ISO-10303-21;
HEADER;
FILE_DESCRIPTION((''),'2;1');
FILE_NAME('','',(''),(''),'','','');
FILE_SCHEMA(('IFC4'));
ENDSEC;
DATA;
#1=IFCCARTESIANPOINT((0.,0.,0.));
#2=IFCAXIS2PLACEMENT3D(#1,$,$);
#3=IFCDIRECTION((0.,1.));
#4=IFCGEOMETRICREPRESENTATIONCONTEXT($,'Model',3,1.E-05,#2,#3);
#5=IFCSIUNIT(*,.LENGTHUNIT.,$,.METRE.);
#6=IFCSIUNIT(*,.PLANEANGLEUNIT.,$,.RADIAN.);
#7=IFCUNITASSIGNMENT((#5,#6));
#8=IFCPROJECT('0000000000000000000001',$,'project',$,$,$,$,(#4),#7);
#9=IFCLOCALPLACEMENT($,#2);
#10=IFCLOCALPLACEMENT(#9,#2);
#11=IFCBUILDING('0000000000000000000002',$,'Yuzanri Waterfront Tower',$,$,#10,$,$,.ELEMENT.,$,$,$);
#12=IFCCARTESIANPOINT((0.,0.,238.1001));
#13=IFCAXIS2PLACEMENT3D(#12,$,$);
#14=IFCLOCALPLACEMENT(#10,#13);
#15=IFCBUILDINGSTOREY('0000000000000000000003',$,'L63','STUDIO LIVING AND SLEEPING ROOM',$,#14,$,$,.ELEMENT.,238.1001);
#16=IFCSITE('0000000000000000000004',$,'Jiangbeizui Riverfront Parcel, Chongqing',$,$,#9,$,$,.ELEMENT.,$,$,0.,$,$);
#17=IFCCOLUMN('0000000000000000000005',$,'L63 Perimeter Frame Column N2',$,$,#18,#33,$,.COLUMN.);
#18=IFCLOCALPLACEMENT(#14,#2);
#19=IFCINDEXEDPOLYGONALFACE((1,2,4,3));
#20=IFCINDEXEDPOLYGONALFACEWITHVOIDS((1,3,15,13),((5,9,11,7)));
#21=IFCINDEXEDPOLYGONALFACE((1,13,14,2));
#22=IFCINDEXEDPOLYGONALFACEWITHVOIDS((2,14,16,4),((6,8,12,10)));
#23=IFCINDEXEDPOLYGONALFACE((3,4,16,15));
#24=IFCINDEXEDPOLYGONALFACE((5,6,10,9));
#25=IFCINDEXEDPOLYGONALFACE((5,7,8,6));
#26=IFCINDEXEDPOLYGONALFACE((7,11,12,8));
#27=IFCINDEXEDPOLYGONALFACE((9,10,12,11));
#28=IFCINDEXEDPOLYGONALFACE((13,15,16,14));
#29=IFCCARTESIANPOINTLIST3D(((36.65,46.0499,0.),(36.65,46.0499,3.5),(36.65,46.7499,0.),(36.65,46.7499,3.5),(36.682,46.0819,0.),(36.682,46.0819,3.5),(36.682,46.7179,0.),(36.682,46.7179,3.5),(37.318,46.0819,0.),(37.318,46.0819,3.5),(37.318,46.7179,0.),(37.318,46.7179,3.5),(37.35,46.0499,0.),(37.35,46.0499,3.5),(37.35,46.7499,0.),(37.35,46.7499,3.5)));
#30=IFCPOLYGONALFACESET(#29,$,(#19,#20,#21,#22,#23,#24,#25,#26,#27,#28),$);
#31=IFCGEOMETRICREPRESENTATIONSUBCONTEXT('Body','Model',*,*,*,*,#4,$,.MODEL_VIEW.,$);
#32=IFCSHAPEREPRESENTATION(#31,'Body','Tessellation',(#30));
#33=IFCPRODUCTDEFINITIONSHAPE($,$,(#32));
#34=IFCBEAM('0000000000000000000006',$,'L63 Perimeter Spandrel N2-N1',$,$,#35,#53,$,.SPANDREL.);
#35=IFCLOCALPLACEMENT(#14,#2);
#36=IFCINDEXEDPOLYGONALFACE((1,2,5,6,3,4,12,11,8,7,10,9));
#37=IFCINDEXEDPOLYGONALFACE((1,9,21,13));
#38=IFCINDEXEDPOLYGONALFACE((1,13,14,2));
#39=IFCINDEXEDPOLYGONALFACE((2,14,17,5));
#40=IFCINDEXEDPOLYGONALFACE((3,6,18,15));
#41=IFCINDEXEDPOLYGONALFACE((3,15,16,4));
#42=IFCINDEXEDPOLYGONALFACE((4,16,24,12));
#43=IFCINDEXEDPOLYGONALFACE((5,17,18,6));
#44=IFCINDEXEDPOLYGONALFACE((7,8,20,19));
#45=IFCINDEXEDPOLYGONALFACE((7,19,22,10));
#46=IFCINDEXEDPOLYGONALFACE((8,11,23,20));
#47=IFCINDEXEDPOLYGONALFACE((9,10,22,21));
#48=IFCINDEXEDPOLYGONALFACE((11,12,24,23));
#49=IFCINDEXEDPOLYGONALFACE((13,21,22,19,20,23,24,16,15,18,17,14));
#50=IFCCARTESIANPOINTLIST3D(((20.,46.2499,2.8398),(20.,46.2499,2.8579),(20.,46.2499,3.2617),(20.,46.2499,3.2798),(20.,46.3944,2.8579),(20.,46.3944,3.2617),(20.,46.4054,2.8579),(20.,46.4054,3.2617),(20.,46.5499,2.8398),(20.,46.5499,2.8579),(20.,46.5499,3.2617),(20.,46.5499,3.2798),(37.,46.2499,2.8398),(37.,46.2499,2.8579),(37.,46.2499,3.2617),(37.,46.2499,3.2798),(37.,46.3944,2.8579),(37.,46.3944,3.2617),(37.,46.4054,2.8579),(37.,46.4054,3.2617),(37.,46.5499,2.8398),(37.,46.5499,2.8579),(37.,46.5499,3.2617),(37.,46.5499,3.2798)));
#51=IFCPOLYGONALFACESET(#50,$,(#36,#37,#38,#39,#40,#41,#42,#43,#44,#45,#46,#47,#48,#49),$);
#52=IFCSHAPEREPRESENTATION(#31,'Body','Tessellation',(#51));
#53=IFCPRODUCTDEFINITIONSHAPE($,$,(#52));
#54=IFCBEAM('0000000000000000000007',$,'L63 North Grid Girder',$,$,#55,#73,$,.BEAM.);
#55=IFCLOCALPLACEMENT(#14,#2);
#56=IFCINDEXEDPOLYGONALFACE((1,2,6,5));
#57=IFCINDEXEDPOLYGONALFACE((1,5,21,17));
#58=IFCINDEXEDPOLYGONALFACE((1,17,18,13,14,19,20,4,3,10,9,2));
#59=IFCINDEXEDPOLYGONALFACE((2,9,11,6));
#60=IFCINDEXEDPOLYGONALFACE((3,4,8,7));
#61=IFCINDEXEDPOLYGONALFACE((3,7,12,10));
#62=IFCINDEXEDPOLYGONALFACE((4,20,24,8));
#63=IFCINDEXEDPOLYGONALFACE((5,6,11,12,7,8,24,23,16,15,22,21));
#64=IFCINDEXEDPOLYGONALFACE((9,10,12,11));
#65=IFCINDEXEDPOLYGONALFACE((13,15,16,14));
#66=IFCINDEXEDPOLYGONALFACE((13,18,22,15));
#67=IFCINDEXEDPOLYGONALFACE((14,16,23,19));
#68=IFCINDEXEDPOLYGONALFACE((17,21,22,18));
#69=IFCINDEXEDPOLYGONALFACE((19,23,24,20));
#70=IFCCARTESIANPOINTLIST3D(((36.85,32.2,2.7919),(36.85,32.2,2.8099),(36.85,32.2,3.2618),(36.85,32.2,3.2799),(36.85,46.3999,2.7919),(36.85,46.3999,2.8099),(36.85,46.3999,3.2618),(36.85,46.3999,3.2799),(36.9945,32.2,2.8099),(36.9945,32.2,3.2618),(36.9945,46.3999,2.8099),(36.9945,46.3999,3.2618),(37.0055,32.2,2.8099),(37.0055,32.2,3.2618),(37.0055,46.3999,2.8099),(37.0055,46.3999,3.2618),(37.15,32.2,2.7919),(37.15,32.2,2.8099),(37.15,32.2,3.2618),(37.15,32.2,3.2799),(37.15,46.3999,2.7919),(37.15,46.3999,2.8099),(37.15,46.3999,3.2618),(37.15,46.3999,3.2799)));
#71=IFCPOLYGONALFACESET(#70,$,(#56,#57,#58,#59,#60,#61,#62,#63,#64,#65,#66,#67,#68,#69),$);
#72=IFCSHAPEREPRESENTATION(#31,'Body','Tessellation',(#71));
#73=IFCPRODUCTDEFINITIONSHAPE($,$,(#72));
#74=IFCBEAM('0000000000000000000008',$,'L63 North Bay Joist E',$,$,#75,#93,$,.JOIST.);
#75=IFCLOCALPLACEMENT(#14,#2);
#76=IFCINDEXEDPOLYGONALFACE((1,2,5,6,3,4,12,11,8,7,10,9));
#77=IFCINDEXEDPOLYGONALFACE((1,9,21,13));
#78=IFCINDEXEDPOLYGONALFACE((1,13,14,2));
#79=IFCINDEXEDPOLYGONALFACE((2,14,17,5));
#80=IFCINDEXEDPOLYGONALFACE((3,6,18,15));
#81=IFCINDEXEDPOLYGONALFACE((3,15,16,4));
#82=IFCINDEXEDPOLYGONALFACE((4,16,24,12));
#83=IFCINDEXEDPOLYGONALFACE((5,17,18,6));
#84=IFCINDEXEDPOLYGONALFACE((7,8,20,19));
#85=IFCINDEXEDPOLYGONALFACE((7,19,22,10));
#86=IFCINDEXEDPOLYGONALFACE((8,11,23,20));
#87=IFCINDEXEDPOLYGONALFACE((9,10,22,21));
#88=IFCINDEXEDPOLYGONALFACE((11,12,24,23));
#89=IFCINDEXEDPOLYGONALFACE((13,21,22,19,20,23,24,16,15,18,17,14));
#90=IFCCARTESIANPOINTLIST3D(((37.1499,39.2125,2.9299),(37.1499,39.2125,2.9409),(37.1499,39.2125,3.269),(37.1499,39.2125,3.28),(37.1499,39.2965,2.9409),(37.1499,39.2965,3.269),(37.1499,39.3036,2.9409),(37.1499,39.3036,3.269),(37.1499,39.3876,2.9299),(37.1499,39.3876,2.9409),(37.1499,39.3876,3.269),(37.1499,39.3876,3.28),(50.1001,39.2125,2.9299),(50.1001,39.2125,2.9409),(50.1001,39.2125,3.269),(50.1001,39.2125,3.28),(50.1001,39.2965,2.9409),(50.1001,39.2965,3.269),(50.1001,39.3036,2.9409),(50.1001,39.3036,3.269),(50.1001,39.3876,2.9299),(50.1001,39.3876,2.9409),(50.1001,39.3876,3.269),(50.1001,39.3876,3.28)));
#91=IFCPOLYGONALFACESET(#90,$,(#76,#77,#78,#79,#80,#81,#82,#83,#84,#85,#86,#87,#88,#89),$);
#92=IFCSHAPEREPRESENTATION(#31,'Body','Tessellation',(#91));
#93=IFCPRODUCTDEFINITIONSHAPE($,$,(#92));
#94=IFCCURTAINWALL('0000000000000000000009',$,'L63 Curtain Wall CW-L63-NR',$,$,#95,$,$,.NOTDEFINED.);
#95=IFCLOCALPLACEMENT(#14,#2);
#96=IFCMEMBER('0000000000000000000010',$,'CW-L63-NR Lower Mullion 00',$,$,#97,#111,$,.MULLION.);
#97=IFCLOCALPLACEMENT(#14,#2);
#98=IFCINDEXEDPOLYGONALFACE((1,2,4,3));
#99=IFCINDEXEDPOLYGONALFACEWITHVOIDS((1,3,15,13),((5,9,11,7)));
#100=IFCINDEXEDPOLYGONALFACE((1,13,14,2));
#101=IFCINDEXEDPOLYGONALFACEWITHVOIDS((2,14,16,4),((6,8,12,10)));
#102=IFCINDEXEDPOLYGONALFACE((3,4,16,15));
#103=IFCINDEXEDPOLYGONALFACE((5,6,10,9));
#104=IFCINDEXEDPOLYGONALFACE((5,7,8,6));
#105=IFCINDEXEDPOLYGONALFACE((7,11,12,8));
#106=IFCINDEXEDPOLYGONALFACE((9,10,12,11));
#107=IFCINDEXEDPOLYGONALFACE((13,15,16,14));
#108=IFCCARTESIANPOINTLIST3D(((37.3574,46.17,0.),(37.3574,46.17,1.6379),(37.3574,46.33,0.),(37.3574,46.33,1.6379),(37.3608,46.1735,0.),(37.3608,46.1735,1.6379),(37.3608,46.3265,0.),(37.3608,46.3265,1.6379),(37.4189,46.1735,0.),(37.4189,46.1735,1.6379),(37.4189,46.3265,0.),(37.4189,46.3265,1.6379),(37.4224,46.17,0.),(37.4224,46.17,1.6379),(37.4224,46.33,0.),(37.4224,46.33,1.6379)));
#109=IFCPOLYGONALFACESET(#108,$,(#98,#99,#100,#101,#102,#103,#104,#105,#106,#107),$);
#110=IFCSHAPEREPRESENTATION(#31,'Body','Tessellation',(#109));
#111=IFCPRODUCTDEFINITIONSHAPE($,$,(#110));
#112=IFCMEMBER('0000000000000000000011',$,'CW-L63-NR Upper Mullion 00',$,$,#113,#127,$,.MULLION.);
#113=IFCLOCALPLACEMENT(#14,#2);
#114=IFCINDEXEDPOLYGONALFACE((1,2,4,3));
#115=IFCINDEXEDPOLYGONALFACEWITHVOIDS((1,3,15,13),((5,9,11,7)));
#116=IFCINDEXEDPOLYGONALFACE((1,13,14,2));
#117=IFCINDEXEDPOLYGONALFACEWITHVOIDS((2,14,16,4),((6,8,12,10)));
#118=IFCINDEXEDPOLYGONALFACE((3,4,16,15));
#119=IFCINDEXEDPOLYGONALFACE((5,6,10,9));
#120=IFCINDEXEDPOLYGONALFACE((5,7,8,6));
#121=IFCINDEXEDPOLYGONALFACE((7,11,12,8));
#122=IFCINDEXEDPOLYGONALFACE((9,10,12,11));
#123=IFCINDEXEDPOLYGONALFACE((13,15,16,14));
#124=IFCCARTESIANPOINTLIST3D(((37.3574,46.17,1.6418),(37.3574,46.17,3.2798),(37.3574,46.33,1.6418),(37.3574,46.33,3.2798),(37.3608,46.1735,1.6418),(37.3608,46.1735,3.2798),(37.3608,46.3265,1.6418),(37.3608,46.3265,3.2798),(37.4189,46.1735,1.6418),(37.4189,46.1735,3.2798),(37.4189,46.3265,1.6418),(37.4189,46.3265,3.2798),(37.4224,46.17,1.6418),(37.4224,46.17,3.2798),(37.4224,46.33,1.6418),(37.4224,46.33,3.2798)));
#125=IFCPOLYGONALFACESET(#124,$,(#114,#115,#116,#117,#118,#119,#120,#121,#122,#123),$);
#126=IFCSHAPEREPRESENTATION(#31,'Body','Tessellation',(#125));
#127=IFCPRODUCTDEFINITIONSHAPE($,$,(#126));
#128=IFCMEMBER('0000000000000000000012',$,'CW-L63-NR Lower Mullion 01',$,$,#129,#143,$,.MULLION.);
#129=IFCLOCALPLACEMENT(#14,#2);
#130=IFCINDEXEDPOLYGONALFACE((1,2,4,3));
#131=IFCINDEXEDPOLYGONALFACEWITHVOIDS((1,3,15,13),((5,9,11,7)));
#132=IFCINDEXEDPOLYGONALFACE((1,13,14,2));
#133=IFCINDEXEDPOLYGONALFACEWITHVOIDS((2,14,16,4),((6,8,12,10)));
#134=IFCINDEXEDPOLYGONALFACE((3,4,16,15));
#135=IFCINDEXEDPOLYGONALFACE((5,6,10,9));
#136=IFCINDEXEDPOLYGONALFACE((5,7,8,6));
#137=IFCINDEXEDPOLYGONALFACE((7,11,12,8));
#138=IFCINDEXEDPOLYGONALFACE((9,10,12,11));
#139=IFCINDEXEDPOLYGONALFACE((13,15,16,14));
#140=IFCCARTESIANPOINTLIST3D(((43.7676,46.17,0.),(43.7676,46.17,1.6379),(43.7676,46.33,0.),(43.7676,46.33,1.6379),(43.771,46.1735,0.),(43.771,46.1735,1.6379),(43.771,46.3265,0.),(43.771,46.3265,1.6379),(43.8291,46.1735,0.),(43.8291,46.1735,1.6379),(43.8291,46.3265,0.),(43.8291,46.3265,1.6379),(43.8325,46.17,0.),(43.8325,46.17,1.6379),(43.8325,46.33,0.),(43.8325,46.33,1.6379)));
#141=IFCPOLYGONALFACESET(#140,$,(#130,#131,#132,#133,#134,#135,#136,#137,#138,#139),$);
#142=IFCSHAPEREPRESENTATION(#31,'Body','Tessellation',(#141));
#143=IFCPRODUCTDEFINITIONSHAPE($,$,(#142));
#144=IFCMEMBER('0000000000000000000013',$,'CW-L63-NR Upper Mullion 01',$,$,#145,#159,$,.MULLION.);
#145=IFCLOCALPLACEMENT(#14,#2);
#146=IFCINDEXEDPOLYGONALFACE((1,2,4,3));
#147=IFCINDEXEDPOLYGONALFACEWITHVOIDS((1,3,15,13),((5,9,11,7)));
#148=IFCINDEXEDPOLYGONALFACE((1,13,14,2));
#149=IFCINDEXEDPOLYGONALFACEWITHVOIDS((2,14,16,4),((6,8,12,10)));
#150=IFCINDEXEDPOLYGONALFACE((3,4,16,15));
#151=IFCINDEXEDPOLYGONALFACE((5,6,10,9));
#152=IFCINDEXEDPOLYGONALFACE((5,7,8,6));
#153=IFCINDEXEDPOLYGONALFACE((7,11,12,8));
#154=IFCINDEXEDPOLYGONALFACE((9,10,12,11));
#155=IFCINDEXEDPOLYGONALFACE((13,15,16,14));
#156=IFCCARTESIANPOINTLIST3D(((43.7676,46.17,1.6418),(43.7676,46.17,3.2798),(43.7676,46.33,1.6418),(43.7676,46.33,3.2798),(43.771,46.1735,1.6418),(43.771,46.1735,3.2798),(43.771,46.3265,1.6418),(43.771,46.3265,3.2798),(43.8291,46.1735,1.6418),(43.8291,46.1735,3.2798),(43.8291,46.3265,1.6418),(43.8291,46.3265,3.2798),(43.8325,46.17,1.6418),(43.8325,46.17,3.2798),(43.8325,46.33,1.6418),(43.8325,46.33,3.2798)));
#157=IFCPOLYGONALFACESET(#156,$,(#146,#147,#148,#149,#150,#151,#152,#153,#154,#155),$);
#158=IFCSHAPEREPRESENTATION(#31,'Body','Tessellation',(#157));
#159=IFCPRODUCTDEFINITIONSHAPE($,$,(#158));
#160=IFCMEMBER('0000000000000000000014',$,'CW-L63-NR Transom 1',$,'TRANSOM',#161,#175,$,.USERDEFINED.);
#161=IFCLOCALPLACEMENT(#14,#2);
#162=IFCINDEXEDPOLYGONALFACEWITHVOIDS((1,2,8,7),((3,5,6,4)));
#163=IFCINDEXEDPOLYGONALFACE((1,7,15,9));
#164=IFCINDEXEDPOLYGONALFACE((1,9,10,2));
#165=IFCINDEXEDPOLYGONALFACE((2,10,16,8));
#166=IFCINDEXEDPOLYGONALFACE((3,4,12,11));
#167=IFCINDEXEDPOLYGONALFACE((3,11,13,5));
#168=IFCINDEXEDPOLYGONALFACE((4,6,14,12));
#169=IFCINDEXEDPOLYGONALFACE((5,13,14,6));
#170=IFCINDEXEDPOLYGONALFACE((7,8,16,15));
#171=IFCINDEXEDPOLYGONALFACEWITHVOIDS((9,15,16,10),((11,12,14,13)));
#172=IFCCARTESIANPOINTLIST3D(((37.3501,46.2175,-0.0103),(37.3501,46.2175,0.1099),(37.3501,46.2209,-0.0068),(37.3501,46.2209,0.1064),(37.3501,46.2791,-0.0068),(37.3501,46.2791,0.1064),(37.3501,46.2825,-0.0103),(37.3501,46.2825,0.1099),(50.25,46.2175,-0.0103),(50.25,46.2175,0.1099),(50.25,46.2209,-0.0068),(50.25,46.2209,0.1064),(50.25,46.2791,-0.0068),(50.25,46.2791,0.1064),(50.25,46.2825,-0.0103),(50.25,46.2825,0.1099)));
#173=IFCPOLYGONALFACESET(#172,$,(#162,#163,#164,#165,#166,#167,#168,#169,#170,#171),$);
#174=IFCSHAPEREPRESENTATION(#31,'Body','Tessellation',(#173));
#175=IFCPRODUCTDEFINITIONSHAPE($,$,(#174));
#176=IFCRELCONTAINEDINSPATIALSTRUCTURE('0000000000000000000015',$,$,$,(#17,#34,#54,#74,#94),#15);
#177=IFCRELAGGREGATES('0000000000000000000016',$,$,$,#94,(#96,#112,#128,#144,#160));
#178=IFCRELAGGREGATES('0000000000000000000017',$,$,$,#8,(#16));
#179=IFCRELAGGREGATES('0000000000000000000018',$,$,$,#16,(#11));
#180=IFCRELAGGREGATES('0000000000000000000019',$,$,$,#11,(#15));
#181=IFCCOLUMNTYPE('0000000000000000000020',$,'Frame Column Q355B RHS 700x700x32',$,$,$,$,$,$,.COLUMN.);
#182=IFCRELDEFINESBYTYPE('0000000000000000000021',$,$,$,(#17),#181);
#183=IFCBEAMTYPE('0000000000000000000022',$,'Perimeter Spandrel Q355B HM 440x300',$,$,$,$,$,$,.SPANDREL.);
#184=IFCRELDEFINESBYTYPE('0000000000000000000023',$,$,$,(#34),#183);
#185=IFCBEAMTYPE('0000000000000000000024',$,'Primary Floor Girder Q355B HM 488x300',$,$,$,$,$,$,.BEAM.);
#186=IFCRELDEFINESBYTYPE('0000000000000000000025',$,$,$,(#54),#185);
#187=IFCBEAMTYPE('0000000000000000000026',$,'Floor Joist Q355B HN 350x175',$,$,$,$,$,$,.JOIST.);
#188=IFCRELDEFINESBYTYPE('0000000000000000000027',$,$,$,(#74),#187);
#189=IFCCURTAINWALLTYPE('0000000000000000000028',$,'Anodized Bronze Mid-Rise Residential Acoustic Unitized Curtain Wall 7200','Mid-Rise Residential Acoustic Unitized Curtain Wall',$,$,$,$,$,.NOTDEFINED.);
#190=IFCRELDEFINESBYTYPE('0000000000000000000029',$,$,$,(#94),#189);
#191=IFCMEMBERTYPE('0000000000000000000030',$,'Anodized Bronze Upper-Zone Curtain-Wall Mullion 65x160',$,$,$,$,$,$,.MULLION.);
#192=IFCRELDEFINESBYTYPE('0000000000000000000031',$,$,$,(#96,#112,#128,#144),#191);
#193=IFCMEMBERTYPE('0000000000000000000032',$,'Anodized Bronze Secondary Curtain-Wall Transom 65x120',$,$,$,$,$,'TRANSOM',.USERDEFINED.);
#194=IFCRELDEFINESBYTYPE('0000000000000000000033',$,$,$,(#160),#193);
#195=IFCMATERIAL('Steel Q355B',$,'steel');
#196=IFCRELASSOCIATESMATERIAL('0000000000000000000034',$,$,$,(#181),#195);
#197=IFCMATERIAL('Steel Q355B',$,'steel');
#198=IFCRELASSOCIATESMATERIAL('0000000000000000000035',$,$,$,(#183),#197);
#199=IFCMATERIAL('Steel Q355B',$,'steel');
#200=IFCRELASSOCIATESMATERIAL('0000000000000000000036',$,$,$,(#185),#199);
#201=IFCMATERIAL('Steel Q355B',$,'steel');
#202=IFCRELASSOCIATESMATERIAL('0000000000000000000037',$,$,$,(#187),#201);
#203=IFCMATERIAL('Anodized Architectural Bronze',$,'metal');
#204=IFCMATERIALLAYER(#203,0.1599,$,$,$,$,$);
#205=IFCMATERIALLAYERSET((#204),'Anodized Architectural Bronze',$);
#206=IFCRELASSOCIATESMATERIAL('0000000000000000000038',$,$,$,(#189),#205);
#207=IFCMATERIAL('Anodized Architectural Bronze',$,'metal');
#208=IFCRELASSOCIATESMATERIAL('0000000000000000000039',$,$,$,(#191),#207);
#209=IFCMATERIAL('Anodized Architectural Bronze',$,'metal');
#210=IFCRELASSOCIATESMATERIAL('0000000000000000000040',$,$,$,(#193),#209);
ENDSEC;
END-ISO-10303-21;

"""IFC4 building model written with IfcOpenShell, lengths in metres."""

from ifc_helpers import new_model, si_unit, direction, frame, origin, origin_2d, place, context, subcontext, project, spatial, hollow_rectangle, i_section, extrude, source, transform, mapped, material, layer, layer_set, material_profile, profile_set, type_object, element, aggregate, save


model = new_model("IFC4")

# Units and contexts
model_context = context("Model", 3, precision=1e-05, world=origin(), true_north=direction((0.0, 1.0)))
body_context = subcontext(model_context, "Body", "Model", "MODEL_VIEW")
ifc_project = project(units=[si_unit("LENGTHUNIT", "METRE"), si_unit("PLANEANGLEUNIT", "RADIAN")], contexts=[model_context])

# Site, building, storey
site_placement = place(None, origin())
site = spatial("IfcSite", under=ifc_project, at=site_placement, Name="Jiangbeizui Riverfront Parcel, Chongqing", CompositionType="ELEMENT", RefElevation=0.0)
building_placement = place(site_placement, origin())
building = spatial("IfcBuilding", under=site, at=building_placement, Name="Yuzanri Waterfront Tower", CompositionType="ELEMENT")
storey_placement = place(building_placement, frame((0.0, 0.0, 238.1001)))
storey = spatial("IfcBuildingStorey", under=building, at=storey_placement, Name="L63", Description="STUDIO LIVING AND SLEEPING ROOM", CompositionType="ELEMENT", Elevation=238.1001)

# Column
ifc_material_1 = material(Name="Steel Q355B", Category="steel")
ifc_material_profile_1 = material_profile(ifc_material_1, hollow_rectangle(XDim=0.7, YDim=0.7, WallThickness=0.032, at=origin_2d()), Name="RHS 700x700x32")
ifc_profile_set_1 = profile_set([ifc_material_profile_1], Name="Steel Q355B")
column_type = type_object("IfcColumnType", Name="Frame Column Q355B RHS 700x700x32", PredefinedType="COLUMN", material=ifc_profile_set_1)
shared_shape_1 = source(origin(), body_context, "Body", "SweptSolid", [
    extrude(hollow_rectangle(XDim=0.7, YDim=0.7, WallThickness=0.032, at=origin_2d()), origin(), (0.0, 0.0, 1.0), 3.5),
])
column_placement = place(storey_placement, frame((37.0, 46.3999, 0.0), z_axis=(0.0, 0.0, 1.0), x_axis=(1.0, 0.0, 0.0)))
element("IfcColumn", 1, at=column_placement, inside=storey, type_object=column_type, Name="L63 Perimeter Frame Column N2", PredefinedType="COLUMN", context=body_context, shape_type="MappedRepresentation", body=[
    mapped(shared_shape_1, transform((0.0, 0.0, 0.0), scale=1.0)),
])

# Beams
ifc_material_2 = material(Name="Steel Q355B", Category="steel")
ifc_material_profile_2 = material_profile(ifc_material_2, i_section(OverallWidth=0.3, OverallDepth=0.4399, WebThickness=0.011, FlangeThickness=0.0181, at=origin_2d()), Name="HM 440x300x11x18")
ifc_profile_set_2 = profile_set([ifc_material_profile_2], Name="Steel Q355B")
beam_type_1 = type_object("IfcBeamType", Name="Perimeter Spandrel Q355B HM 440x300", PredefinedType="SPANDREL", material=ifc_profile_set_2)
shared_shape_2 = source(origin(), body_context, "Body", "SweptSolid", [
    extrude(i_section(OverallWidth=0.3, OverallDepth=0.4399, WebThickness=0.011, FlangeThickness=0.0181, at=origin_2d()), origin(), (0.0, 0.0, 1.0), 17.0),
])
beam_1_placement = place(storey_placement, frame((37.0, 46.3999, 3.0598), z_axis=(-1.0, 0.0, 0.0), x_axis=(0.0, -1.0, 0.0)))
element("IfcBeam", 2, at=beam_1_placement, inside=storey, type_object=beam_type_1, Name="L63 Perimeter Spandrel N2-N1", PredefinedType="SPANDREL", context=body_context, shape_type="MappedRepresentation", body=[
    mapped(shared_shape_2, transform((0.0, 0.0, 0.0), scale=1.0)),
])
ifc_material_3 = material(Name="Steel Q355B", Category="steel")
ifc_material_profile_3 = material_profile(ifc_material_3, i_section(OverallWidth=0.3, OverallDepth=0.488, WebThickness=0.011, FlangeThickness=0.0181, at=origin_2d()), Name="HM 488x300x11x18")
ifc_profile_set_3 = profile_set([ifc_material_profile_3], Name="Steel Q355B")
beam_type_2 = type_object("IfcBeamType", Name="Primary Floor Girder Q355B HM 488x300", PredefinedType="BEAM", material=ifc_profile_set_3)
shared_shape_3 = source(origin(), body_context, "Body", "SweptSolid", [
    extrude(i_section(OverallWidth=0.3, OverallDepth=0.488, WebThickness=0.011, FlangeThickness=0.0181, at=origin_2d()), origin(), (0.0, 0.0, 1.0), 14.2),
])
beam_2_placement = place(storey_placement, frame((37.0, 32.2, 3.0359), z_axis=(0.0, 1.0, 0.0), x_axis=(-1.0, 0.0, 0.0)))
element("IfcBeam", 3, at=beam_2_placement, inside=storey, type_object=beam_type_2, Name="L63 North Grid Girder", PredefinedType="BEAM", context=body_context, shape_type="MappedRepresentation", body=[
    mapped(shared_shape_3, transform((0.0, 0.0, 0.0), scale=1.0)),
])
ifc_material_4 = material(Name="Steel Q355B", Category="steel")
ifc_material_profile_4 = material_profile(ifc_material_4, i_section(OverallWidth=0.175, OverallDepth=0.3501, WebThickness=0.0071, FlangeThickness=0.011, at=origin_2d()), Name="HN 350x175x7x11")
ifc_profile_set_4 = profile_set([ifc_material_profile_4], Name="Steel Q355B")
beam_type_3 = type_object("IfcBeamType", Name="Floor Joist Q355B HN 350x175", PredefinedType="JOIST", material=ifc_profile_set_4)
shared_shape_4 = source(origin(), body_context, "Body", "SweptSolid", [
    extrude(i_section(OverallWidth=0.175, OverallDepth=0.3501, WebThickness=0.0071, FlangeThickness=0.011, at=origin_2d()), origin(), (0.0, 0.0, 1.0), 12.9502),
])
beam_3_placement = place(storey_placement, frame((37.1499, 39.3, 3.105), z_axis=(1.0, 0.0, 0.0), x_axis=(0.0, 1.0, 0.0)))
element("IfcBeam", 4, at=beam_3_placement, inside=storey, type_object=beam_type_3, Name="L63 North Bay Joist E", PredefinedType="JOIST", context=body_context, shape_type="MappedRepresentation", body=[
    mapped(shared_shape_4, transform((0.0, 0.0, 0.0), scale=1.0)),
])

# Curtain wall, members
ifc_material_5 = material(Name="Anodized Architectural Bronze", Category="metal")
ifc_layer_1 = layer(ifc_material_5, 0.1599)
ifc_layer_set_1 = layer_set([ifc_layer_1], Name="Anodized Architectural Bronze")
curtain_wall_type = type_object("IfcCurtainWallType", Name="Anodized Bronze Mid-Rise Residential Acoustic Unitized Curtain Wall 7200", Description="Mid-Rise Residential Acoustic Unitized Curtain Wall", PredefinedType="NOTDEFINED", material=ifc_layer_set_1)
curtain_wall_placement = place(storey_placement, origin())
curtain_wall = element("IfcCurtainWall", 5, at=curtain_wall_placement, inside=storey, type_object=curtain_wall_type, Name="L63 Curtain Wall CW-L63-NR", PredefinedType="NOTDEFINED")
ifc_material_6 = material(Name="Anodized Architectural Bronze", Category="metal")
ifc_material_profile_5 = material_profile(ifc_material_6, hollow_rectangle(XDim=0.0649, YDim=0.1599, WallThickness=0.0034, at=origin_2d()), Name="CWM 65x160")
ifc_profile_set_5 = profile_set([ifc_material_profile_5], Name="Anodized Architectural Bronze")
member_type_1 = type_object("IfcMemberType", Name="Anodized Bronze Upper-Zone Curtain-Wall Mullion 65x160", PredefinedType="MULLION", material=ifc_profile_set_5)
shared_shape_5 = source(origin(), body_context, "Body", "SweptSolid", [
    extrude(hollow_rectangle(XDim=0.0649, YDim=0.1599, WallThickness=0.0034, at=origin_2d()), origin(), (0.0, 0.0, 1.0), 1.6379),
])
member_1_placement = place(storey_placement, frame((37.3899, 46.25, 0.0), z_axis=(0.0, 0.0, 1.0), x_axis=(1.0, 0.0, 0.0)))
member_1 = element("IfcMember", 6, at=member_1_placement, type_object=member_type_1, Name="CW-L63-NR Lower Mullion 00", PredefinedType="MULLION", context=body_context, shape_type="MappedRepresentation", body=[
    mapped(shared_shape_5, transform((0.0, 0.0, 0.0), scale=1.0)),
])
member_2_placement = place(storey_placement, frame((37.3899, 46.25, 1.6418), z_axis=(0.0, 0.0, 1.0), x_axis=(1.0, 0.0, 0.0)))
member_2 = element("IfcMember", 7, at=member_2_placement, type_object=member_type_1, Name="CW-L63-NR Upper Mullion 00", PredefinedType="MULLION", context=body_context, shape_type="MappedRepresentation", body=[
    mapped(shared_shape_5, transform((0.0, 0.0, 0.0), scale=1.0)),
])
member_3_placement = place(storey_placement, frame((43.8, 46.25, 0.0), z_axis=(0.0, 0.0, 1.0), x_axis=(1.0, 0.0, 0.0)))
member_3 = element("IfcMember", 8, at=member_3_placement, type_object=member_type_1, Name="CW-L63-NR Lower Mullion 01", PredefinedType="MULLION", context=body_context, shape_type="MappedRepresentation", body=[
    mapped(shared_shape_5, transform((0.0, 0.0, 0.0), scale=1.0)),
])
member_4_placement = place(storey_placement, frame((43.8, 46.25, 1.6418), z_axis=(0.0, 0.0, 1.0), x_axis=(1.0, 0.0, 0.0)))
member_4 = element("IfcMember", 9, at=member_4_placement, type_object=member_type_1, Name="CW-L63-NR Upper Mullion 01", PredefinedType="MULLION", context=body_context, shape_type="MappedRepresentation", body=[
    mapped(shared_shape_5, transform((0.0, 0.0, 0.0), scale=1.0)),
])
ifc_material_7 = material(Name="Anodized Architectural Bronze", Category="metal")
ifc_material_profile_6 = material_profile(ifc_material_7, hollow_rectangle(XDim=0.0649, YDim=0.1201, WallThickness=0.0034, at=origin_2d()), Name="CWT 65x120")
ifc_profile_set_6 = profile_set([ifc_material_profile_6], Name="Anodized Architectural Bronze")
member_type_2 = type_object("IfcMemberType", Name="Anodized Bronze Secondary Curtain-Wall Transom 65x120", ElementType="TRANSOM", PredefinedType="USERDEFINED", material=ifc_profile_set_6)
shared_shape_6 = source(origin(), body_context, "Body", "SweptSolid", [
    extrude(hollow_rectangle(XDim=0.0649, YDim=0.1201, WallThickness=0.0034, at=origin_2d()), origin(), (0.0, 0.0, 1.0), 12.8999),
])
member_5_placement = place(storey_placement, frame((37.3501, 46.25, 0.0498), z_axis=(1.0, 0.0, 0.0), x_axis=(0.0, 1.0, 0.0)))
member_5 = element("IfcMember", 10, at=member_5_placement, type_object=member_type_2, Name="CW-L63-NR Transom 1", ObjectType="TRANSOM", PredefinedType="USERDEFINED", context=body_context, shape_type="MappedRepresentation", body=[
    mapped(shared_shape_6, transform((0.0, 0.0, 0.0), scale=1.0)),
])
aggregate(curtain_wall, [member_1, member_2, member_3, member_4, member_5])

save(model, "model.ifc")
